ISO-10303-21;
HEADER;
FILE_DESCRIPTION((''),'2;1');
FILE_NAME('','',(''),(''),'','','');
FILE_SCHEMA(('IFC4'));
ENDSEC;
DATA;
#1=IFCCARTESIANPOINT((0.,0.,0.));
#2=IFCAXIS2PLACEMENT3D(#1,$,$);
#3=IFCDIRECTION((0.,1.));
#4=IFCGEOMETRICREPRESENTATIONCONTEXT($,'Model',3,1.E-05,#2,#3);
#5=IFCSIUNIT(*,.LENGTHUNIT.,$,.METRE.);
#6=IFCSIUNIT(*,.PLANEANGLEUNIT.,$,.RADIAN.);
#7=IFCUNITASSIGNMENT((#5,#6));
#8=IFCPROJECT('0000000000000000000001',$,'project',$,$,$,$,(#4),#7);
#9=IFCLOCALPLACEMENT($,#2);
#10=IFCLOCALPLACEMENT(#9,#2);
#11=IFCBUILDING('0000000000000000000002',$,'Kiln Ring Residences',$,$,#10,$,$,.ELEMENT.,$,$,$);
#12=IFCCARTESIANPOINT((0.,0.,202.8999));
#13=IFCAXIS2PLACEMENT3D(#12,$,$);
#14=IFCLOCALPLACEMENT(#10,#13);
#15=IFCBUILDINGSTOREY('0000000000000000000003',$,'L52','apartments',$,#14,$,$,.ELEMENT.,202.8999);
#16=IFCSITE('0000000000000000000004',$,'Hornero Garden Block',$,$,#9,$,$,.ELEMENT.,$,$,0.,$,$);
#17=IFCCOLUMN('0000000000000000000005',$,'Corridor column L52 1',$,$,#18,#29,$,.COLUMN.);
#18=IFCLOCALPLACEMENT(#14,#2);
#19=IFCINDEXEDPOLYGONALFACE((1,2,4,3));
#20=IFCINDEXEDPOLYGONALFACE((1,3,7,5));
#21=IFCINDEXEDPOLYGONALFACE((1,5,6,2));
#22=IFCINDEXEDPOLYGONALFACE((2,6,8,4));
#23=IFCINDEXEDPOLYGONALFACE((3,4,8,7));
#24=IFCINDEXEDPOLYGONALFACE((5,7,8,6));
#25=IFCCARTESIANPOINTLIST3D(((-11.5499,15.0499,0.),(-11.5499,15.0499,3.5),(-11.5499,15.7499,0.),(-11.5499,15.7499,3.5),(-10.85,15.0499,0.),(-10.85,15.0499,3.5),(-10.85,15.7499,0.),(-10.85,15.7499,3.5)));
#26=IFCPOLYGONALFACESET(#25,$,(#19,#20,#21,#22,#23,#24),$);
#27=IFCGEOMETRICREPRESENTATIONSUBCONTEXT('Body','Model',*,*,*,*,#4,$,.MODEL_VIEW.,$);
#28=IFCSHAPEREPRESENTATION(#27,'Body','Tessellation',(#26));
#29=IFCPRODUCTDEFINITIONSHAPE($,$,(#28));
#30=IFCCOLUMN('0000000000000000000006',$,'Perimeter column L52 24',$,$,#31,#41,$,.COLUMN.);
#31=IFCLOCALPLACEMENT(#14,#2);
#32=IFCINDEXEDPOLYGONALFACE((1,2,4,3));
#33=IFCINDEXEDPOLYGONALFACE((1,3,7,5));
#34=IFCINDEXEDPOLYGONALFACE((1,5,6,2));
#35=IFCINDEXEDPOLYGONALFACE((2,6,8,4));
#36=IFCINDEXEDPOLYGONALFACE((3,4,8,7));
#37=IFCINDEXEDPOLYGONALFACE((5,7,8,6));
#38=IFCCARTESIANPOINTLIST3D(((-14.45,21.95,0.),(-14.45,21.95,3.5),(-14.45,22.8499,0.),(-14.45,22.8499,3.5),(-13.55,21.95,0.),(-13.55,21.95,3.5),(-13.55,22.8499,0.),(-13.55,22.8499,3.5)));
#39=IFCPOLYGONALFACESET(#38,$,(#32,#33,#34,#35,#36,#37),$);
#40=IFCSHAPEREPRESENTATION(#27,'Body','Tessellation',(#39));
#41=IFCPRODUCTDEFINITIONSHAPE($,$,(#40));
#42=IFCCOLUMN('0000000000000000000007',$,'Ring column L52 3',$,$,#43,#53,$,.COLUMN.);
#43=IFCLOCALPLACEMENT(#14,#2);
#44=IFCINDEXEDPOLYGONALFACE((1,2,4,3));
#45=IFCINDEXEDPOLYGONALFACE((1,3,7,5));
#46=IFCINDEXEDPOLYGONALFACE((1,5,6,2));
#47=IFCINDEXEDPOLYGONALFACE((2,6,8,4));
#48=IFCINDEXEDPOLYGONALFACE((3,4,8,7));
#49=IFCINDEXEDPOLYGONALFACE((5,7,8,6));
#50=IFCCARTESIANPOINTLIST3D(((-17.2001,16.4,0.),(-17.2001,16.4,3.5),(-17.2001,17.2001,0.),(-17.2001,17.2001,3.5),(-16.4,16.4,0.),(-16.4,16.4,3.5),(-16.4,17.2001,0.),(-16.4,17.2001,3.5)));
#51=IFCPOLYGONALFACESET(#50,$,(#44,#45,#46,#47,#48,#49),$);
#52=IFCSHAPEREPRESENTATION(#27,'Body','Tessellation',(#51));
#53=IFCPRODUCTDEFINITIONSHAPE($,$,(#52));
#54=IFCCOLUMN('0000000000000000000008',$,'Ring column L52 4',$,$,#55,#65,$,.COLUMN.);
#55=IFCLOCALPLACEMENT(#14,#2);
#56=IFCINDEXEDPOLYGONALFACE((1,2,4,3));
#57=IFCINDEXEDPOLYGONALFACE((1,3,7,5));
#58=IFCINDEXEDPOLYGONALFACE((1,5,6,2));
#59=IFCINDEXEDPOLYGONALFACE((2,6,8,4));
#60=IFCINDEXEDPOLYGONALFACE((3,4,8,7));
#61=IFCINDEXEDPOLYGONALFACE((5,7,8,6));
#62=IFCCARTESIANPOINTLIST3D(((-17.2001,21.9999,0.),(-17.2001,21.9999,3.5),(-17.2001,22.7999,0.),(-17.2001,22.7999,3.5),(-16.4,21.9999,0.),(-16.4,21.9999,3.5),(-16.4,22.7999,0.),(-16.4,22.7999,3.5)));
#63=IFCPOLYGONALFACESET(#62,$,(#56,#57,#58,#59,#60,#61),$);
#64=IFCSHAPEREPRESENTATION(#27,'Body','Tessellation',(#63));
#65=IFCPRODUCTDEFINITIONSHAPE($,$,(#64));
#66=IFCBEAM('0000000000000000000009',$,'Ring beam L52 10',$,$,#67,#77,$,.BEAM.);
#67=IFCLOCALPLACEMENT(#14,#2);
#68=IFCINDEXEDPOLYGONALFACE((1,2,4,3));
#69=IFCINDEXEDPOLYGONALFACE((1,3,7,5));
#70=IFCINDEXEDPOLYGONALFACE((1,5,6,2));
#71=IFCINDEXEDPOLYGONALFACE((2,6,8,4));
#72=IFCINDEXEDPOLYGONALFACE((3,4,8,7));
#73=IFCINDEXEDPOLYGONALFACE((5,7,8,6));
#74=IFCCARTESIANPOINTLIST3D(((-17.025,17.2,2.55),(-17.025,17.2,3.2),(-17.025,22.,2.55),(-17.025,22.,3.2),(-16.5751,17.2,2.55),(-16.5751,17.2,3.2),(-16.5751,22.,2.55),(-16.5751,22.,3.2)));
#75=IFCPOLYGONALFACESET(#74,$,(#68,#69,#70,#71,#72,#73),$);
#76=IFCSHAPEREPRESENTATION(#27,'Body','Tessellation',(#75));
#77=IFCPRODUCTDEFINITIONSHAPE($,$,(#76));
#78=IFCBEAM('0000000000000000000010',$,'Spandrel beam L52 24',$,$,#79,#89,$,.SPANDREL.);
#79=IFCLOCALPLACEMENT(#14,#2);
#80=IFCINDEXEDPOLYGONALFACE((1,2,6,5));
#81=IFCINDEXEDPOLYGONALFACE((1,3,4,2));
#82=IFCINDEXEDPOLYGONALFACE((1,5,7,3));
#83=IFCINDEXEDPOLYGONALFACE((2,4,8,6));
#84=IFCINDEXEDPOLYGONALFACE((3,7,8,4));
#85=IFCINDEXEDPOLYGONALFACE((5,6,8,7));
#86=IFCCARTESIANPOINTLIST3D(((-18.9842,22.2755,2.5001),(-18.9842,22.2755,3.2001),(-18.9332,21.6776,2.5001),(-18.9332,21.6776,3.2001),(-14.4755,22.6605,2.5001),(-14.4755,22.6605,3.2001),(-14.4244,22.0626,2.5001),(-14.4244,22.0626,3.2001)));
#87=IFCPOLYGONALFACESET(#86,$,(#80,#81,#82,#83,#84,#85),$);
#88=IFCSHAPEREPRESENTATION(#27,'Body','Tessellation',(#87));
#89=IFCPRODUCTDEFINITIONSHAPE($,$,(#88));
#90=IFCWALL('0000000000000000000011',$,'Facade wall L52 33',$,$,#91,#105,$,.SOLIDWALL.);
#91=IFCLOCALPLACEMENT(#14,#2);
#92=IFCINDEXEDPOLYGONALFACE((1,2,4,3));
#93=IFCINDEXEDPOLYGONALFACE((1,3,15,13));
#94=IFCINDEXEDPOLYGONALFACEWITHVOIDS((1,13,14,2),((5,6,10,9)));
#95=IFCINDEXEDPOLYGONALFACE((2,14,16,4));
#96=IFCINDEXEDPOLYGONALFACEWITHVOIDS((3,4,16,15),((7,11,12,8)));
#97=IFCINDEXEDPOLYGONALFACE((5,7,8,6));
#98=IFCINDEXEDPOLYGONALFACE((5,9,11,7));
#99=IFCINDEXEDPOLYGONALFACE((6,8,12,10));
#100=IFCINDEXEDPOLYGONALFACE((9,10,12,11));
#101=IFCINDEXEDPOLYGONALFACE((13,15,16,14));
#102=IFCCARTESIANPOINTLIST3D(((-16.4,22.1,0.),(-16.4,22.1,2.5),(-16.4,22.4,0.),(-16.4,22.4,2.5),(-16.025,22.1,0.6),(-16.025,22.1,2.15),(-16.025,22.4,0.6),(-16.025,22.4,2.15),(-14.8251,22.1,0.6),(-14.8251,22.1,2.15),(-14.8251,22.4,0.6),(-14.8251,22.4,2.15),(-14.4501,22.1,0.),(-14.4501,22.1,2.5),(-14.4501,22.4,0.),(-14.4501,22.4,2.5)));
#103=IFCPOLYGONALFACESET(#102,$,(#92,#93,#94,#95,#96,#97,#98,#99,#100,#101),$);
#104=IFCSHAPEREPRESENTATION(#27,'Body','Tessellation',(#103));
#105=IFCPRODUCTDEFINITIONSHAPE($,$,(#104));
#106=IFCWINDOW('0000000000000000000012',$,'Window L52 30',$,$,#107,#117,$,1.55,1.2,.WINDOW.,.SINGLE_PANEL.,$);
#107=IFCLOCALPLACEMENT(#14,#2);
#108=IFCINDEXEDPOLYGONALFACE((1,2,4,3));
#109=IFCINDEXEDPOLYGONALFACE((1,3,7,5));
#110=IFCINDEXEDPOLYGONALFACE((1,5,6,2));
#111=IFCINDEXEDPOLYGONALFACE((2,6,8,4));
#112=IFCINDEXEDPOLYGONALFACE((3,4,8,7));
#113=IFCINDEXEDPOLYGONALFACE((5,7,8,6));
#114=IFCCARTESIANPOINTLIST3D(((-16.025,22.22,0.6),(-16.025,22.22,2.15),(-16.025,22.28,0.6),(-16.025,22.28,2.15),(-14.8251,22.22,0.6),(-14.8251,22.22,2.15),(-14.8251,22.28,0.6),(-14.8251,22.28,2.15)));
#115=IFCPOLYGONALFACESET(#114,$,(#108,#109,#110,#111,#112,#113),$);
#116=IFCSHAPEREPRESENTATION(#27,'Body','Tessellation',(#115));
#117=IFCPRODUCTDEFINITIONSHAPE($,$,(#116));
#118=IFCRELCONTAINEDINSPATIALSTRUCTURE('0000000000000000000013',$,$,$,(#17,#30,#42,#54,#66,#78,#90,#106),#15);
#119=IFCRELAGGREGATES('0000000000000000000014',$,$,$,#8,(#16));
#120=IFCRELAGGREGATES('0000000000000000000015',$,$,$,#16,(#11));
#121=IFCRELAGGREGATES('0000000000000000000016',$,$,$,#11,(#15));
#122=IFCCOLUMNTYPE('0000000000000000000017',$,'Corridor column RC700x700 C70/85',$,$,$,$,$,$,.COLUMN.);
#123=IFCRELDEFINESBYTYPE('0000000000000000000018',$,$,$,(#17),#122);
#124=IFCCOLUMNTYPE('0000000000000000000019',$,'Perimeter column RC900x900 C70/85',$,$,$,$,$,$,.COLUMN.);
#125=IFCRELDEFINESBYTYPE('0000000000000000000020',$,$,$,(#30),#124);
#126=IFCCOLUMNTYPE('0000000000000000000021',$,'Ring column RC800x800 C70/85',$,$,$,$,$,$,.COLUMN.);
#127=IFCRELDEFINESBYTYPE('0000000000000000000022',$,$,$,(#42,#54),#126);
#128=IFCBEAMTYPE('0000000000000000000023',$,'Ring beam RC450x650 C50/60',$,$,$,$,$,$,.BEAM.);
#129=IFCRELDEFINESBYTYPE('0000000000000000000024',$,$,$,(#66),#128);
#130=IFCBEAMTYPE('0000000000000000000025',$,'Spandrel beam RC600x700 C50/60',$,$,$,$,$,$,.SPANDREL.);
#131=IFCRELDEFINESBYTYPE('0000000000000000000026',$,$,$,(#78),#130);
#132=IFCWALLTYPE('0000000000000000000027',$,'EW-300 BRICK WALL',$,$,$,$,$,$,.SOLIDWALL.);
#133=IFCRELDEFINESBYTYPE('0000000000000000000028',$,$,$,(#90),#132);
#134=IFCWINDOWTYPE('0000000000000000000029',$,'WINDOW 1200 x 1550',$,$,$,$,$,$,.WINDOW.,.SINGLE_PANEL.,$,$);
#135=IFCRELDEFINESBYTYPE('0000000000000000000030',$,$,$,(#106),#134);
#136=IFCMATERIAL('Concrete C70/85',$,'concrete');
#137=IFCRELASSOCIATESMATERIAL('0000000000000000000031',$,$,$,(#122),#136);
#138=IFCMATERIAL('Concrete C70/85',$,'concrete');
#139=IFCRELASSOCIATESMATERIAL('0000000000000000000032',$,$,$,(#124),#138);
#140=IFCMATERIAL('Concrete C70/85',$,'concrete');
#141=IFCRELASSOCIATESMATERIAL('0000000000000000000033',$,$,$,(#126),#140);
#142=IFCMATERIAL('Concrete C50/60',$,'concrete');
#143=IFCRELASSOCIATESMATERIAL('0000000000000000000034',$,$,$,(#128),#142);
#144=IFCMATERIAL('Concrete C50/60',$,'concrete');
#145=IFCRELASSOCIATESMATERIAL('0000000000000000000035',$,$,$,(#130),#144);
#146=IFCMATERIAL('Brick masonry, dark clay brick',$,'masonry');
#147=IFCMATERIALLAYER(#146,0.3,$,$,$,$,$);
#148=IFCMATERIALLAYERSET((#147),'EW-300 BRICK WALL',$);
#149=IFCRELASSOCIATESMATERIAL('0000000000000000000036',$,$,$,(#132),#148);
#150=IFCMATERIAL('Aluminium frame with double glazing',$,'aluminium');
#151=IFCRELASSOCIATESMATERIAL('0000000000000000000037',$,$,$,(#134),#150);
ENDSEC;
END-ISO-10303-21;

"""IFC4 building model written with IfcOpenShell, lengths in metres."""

from ifc_helpers import new_model, si_unit, direction, frame, frame_2d, origin, origin_2d, place, context, subcontext, project, spatial, rectangle, extrude, material, layer, layer_set, material_profile, profile_set, type_object, element, fill, save


model = new_model("IFC4")

# Units and contexts
model_context = context("Model", 3, precision=1e-05, world=origin(), true_north=direction((0.0, 1.0)))
body_context = subcontext(model_context, "Body", "Model", "MODEL_VIEW")
ifc_project = project(units=[si_unit("LENGTHUNIT", "METRE"), si_unit("PLANEANGLEUNIT", "RADIAN")], contexts=[model_context])

# Site, building, storey
site_placement = place(None, origin())
site = spatial("IfcSite", under=ifc_project, at=site_placement, Name="Hornero Garden Block", CompositionType="ELEMENT", RefElevation=0.0)
building_placement = place(site_placement, origin())
building = spatial("IfcBuilding", under=site, at=building_placement, Name="Kiln Ring Residences", CompositionType="ELEMENT")
storey_placement = place(building_placement, frame((0.0, 0.0, 202.8999)))
storey = spatial("IfcBuildingStorey", under=building, at=storey_placement, Name="L52", Description="apartments", CompositionType="ELEMENT", Elevation=202.8999)

# Columns
ifc_material_1 = material(Name="Concrete C70/85", Category="concrete")
ifc_material_profile_1 = material_profile(ifc_material_1, rectangle(XDim=0.7, YDim=0.7, at=origin_2d()), Name="RC700x700")
ifc_profile_set_1 = profile_set([ifc_material_profile_1], Name="Concrete C70/85")
column_type_1 = type_object("IfcColumnType", Name="Corridor column RC700x700 C70/85", PredefinedType="COLUMN", material=ifc_profile_set_1)
column_1_placement = place(storey_placement, frame((-11.2, 15.3999, 0.0), z_axis=(0.0, 0.0, 1.0), x_axis=(1.0, 0.0, 0.0)))
element("IfcColumn", 1, at=column_1_placement, inside=storey, type_object=column_type_1, Name="Corridor column L52 1", PredefinedType="COLUMN", context=body_context, shape_type="SweptSolid", body=[
    extrude(rectangle(XDim=0.7, YDim=0.7, at=origin_2d()), origin(), (0.0, 0.0, 1.0), 3.5),
])
ifc_material_2 = material(Name="Concrete C70/85", Category="concrete")
ifc_material_profile_2 = material_profile(ifc_material_2, rectangle(XDim=0.8999, YDim=0.8999, at=origin_2d()), Name="RC900x900")
ifc_profile_set_2 = profile_set([ifc_material_profile_2], Name="Concrete C70/85")
column_type_2 = type_object("IfcColumnType", Name="Perimeter column RC900x900 C70/85", PredefinedType="COLUMN", material=ifc_profile_set_2)
column_2_placement = place(storey_placement, frame((-14.0, 22.3999, 0.0), z_axis=(0.0, 0.0, 1.0), x_axis=(1.0, 0.0, 0.0)))
element("IfcColumn", 2, at=column_2_placement, inside=storey, type_object=column_type_2, Name="Perimeter column L52 24", PredefinedType="COLUMN", context=body_context, shape_type="SweptSolid", body=[
    extrude(rectangle(XDim=0.8999, YDim=0.8999, at=origin_2d()), origin(), (0.0, 0.0, 1.0), 3.5),
])
ifc_material_3 = material(Name="Concrete C70/85", Category="concrete")
ifc_material_profile_3 = material_profile(ifc_material_3, rectangle(XDim=0.8, YDim=0.8, at=origin_2d()), Name="RC800x800")
ifc_profile_set_3 = profile_set([ifc_material_profile_3], Name="Concrete C70/85")
column_type_3 = type_object("IfcColumnType", Name="Ring column RC800x800 C70/85", PredefinedType="COLUMN", material=ifc_profile_set_3)
for number, where, z_axis, x_axis, name in (
    (3, (-16.8, 16.8, 0.0), (0.0, 0.0, 1.0), (1.0, 0.0, 0.0), "Ring column L52 3"),
    (4, (-16.8, 22.3999, 0.0), (0.0, 0.0, 1.0), (1.0, 0.0, 0.0), "Ring column L52 4"),
):
    element("IfcColumn", number, at=place(storey_placement, frame(where, z_axis=z_axis, x_axis=x_axis)), inside=storey, type_object=column_type_3, Name=name, PredefinedType="COLUMN", context=body_context, shape_type="SweptSolid", body=[
        extrude(rectangle(XDim=0.8, YDim=0.8, at=origin_2d()), origin(), (0.0, 0.0, 1.0), 3.5),
    ])

# Beams
ifc_material_4 = material(Name="Concrete C50/60", Category="concrete")
ifc_material_profile_4 = material_profile(ifc_material_4, rectangle(XDim=0.45, YDim=0.6499, at=origin_2d()), Name="RC450x650")
ifc_profile_set_4 = profile_set([ifc_material_profile_4], Name="Concrete C50/60")
beam_type_1 = type_object("IfcBeamType", Name="Ring beam RC450x650 C50/60", PredefinedType="BEAM", material=ifc_profile_set_4)
beam_1_placement = place(storey_placement, frame((-16.8, 17.2, 2.875), z_axis=(0.0, 1.0, 0.0), x_axis=(-1.0, 0.0, 0.0)))
element("IfcBeam", 5, at=beam_1_placement, inside=storey, type_object=beam_type_1, Name="Ring beam L52 10", PredefinedType="BEAM", context=body_context, shape_type="SweptSolid", body=[
    extrude(rectangle(XDim=0.45, YDim=0.6499, at=origin_2d()), origin(), (0.0, 0.0, 1.0), 4.8),
])
ifc_material_5 = material(Name="Concrete C50/60", Category="concrete")
ifc_material_profile_5 = material_profile(ifc_material_5, rectangle(XDim=0.6001, YDim=0.7, at=origin_2d()), Name="RC600x700")
ifc_profile_set_5 = profile_set([ifc_material_profile_5], Name="Concrete C50/60")
beam_type_2 = type_object("IfcBeamType", Name="Spandrel beam RC600x700 C50/60", PredefinedType="SPANDREL", material=ifc_profile_set_5)
beam_2_placement = place(storey_placement, frame((-14.45, 22.3616, 2.8501), z_axis=(-0.996374, -0.085081, 0.0), x_axis=(0.085081, -0.996374, 0.0)))
element("IfcBeam", 6, at=beam_2_placement, inside=storey, type_object=beam_type_2, Name="Spandrel beam L52 24", PredefinedType="SPANDREL", context=body_context, shape_type="SweptSolid", body=[
    extrude(rectangle(XDim=0.6001, YDim=0.7, at=origin_2d()), origin(), (0.0, 0.0, 1.0), 4.5251),
])

# Wall, opening, window
ifc_material_6 = material(Name="Brick masonry, dark clay brick", Category="masonry")
ifc_layer_1 = layer(ifc_material_6, 0.3)
ifc_layer_set_1 = layer_set([ifc_layer_1], Name="EW-300 BRICK WALL")
wall_type_1 = type_object("IfcWallType", Name="EW-300 BRICK WALL", PredefinedType="SOLIDWALL", material=ifc_layer_set_1)
wall_1_placement = place(storey_placement, frame((-14.45, 22.25, 0.0), z_axis=(0.0, 0.0, 1.0), x_axis=(-1.0, 0.0, 0.0)))
wall_1 = element("IfcWall", 7, at=wall_1_placement, inside=storey, type_object=wall_type_1, Name="Facade wall L52 33", PredefinedType="SOLIDWALL", context=body_context, shape_type="SweptSolid", body=[
    extrude(rectangle(XDim=1.95, YDim=0.3, at=frame_2d((0.9751, 0.0))), origin(), (0.0, 0.0, 1.0), 2.5),
])
opening_1_placement = place(wall_1_placement, frame((0.375, 0.0, 0.6001)))
opening_1 = element("IfcOpeningElement", 8, at=opening_1_placement, cuts=wall_1, PredefinedType="OPENING", context=body_context, shape_type="SweptSolid", body=[
    extrude(rectangle(XDim=1.2, YDim=1.55, at=frame_2d((0.6001, 0.7749))), frame((0.0, 0.1599, 0.0), z_axis=(0.0, -1.0, 0.0), x_axis=(1.0, 0.0, 0.0)), (0.0, 0.0, 1.0), 0.3201),
])
ifc_material_7 = material(Name="Aluminium frame with double glazing", Category="aluminium")
window_type = type_object("IfcWindowType", Name="WINDOW 1200 x 1550", PartitioningType="SINGLE_PANEL", PredefinedType="WINDOW", material=ifc_material_7)
window_placement = place(opening_1_placement, origin())
window = element("IfcWindow", 9, at=window_placement, inside=storey, type_object=window_type, Name="Window L52 30", OverallHeight=1.55, OverallWidth=1.2, PartitioningType="SINGLE_PANEL", PredefinedType="WINDOW", context=body_context, shape_type="SweptSolid", body=[
    extrude(rectangle(XDim=1.2, YDim=1.55, at=frame_2d((0.6001, 0.7749))), frame((0.0, 0.03, 0.0), z_axis=(0.0, -1.0, 0.0), x_axis=(1.0, 0.0, 0.0)), (0.0, 0.0, 1.0), 0.0601),
])
fill(opening_1, window)

save(model, "model.ifc")
